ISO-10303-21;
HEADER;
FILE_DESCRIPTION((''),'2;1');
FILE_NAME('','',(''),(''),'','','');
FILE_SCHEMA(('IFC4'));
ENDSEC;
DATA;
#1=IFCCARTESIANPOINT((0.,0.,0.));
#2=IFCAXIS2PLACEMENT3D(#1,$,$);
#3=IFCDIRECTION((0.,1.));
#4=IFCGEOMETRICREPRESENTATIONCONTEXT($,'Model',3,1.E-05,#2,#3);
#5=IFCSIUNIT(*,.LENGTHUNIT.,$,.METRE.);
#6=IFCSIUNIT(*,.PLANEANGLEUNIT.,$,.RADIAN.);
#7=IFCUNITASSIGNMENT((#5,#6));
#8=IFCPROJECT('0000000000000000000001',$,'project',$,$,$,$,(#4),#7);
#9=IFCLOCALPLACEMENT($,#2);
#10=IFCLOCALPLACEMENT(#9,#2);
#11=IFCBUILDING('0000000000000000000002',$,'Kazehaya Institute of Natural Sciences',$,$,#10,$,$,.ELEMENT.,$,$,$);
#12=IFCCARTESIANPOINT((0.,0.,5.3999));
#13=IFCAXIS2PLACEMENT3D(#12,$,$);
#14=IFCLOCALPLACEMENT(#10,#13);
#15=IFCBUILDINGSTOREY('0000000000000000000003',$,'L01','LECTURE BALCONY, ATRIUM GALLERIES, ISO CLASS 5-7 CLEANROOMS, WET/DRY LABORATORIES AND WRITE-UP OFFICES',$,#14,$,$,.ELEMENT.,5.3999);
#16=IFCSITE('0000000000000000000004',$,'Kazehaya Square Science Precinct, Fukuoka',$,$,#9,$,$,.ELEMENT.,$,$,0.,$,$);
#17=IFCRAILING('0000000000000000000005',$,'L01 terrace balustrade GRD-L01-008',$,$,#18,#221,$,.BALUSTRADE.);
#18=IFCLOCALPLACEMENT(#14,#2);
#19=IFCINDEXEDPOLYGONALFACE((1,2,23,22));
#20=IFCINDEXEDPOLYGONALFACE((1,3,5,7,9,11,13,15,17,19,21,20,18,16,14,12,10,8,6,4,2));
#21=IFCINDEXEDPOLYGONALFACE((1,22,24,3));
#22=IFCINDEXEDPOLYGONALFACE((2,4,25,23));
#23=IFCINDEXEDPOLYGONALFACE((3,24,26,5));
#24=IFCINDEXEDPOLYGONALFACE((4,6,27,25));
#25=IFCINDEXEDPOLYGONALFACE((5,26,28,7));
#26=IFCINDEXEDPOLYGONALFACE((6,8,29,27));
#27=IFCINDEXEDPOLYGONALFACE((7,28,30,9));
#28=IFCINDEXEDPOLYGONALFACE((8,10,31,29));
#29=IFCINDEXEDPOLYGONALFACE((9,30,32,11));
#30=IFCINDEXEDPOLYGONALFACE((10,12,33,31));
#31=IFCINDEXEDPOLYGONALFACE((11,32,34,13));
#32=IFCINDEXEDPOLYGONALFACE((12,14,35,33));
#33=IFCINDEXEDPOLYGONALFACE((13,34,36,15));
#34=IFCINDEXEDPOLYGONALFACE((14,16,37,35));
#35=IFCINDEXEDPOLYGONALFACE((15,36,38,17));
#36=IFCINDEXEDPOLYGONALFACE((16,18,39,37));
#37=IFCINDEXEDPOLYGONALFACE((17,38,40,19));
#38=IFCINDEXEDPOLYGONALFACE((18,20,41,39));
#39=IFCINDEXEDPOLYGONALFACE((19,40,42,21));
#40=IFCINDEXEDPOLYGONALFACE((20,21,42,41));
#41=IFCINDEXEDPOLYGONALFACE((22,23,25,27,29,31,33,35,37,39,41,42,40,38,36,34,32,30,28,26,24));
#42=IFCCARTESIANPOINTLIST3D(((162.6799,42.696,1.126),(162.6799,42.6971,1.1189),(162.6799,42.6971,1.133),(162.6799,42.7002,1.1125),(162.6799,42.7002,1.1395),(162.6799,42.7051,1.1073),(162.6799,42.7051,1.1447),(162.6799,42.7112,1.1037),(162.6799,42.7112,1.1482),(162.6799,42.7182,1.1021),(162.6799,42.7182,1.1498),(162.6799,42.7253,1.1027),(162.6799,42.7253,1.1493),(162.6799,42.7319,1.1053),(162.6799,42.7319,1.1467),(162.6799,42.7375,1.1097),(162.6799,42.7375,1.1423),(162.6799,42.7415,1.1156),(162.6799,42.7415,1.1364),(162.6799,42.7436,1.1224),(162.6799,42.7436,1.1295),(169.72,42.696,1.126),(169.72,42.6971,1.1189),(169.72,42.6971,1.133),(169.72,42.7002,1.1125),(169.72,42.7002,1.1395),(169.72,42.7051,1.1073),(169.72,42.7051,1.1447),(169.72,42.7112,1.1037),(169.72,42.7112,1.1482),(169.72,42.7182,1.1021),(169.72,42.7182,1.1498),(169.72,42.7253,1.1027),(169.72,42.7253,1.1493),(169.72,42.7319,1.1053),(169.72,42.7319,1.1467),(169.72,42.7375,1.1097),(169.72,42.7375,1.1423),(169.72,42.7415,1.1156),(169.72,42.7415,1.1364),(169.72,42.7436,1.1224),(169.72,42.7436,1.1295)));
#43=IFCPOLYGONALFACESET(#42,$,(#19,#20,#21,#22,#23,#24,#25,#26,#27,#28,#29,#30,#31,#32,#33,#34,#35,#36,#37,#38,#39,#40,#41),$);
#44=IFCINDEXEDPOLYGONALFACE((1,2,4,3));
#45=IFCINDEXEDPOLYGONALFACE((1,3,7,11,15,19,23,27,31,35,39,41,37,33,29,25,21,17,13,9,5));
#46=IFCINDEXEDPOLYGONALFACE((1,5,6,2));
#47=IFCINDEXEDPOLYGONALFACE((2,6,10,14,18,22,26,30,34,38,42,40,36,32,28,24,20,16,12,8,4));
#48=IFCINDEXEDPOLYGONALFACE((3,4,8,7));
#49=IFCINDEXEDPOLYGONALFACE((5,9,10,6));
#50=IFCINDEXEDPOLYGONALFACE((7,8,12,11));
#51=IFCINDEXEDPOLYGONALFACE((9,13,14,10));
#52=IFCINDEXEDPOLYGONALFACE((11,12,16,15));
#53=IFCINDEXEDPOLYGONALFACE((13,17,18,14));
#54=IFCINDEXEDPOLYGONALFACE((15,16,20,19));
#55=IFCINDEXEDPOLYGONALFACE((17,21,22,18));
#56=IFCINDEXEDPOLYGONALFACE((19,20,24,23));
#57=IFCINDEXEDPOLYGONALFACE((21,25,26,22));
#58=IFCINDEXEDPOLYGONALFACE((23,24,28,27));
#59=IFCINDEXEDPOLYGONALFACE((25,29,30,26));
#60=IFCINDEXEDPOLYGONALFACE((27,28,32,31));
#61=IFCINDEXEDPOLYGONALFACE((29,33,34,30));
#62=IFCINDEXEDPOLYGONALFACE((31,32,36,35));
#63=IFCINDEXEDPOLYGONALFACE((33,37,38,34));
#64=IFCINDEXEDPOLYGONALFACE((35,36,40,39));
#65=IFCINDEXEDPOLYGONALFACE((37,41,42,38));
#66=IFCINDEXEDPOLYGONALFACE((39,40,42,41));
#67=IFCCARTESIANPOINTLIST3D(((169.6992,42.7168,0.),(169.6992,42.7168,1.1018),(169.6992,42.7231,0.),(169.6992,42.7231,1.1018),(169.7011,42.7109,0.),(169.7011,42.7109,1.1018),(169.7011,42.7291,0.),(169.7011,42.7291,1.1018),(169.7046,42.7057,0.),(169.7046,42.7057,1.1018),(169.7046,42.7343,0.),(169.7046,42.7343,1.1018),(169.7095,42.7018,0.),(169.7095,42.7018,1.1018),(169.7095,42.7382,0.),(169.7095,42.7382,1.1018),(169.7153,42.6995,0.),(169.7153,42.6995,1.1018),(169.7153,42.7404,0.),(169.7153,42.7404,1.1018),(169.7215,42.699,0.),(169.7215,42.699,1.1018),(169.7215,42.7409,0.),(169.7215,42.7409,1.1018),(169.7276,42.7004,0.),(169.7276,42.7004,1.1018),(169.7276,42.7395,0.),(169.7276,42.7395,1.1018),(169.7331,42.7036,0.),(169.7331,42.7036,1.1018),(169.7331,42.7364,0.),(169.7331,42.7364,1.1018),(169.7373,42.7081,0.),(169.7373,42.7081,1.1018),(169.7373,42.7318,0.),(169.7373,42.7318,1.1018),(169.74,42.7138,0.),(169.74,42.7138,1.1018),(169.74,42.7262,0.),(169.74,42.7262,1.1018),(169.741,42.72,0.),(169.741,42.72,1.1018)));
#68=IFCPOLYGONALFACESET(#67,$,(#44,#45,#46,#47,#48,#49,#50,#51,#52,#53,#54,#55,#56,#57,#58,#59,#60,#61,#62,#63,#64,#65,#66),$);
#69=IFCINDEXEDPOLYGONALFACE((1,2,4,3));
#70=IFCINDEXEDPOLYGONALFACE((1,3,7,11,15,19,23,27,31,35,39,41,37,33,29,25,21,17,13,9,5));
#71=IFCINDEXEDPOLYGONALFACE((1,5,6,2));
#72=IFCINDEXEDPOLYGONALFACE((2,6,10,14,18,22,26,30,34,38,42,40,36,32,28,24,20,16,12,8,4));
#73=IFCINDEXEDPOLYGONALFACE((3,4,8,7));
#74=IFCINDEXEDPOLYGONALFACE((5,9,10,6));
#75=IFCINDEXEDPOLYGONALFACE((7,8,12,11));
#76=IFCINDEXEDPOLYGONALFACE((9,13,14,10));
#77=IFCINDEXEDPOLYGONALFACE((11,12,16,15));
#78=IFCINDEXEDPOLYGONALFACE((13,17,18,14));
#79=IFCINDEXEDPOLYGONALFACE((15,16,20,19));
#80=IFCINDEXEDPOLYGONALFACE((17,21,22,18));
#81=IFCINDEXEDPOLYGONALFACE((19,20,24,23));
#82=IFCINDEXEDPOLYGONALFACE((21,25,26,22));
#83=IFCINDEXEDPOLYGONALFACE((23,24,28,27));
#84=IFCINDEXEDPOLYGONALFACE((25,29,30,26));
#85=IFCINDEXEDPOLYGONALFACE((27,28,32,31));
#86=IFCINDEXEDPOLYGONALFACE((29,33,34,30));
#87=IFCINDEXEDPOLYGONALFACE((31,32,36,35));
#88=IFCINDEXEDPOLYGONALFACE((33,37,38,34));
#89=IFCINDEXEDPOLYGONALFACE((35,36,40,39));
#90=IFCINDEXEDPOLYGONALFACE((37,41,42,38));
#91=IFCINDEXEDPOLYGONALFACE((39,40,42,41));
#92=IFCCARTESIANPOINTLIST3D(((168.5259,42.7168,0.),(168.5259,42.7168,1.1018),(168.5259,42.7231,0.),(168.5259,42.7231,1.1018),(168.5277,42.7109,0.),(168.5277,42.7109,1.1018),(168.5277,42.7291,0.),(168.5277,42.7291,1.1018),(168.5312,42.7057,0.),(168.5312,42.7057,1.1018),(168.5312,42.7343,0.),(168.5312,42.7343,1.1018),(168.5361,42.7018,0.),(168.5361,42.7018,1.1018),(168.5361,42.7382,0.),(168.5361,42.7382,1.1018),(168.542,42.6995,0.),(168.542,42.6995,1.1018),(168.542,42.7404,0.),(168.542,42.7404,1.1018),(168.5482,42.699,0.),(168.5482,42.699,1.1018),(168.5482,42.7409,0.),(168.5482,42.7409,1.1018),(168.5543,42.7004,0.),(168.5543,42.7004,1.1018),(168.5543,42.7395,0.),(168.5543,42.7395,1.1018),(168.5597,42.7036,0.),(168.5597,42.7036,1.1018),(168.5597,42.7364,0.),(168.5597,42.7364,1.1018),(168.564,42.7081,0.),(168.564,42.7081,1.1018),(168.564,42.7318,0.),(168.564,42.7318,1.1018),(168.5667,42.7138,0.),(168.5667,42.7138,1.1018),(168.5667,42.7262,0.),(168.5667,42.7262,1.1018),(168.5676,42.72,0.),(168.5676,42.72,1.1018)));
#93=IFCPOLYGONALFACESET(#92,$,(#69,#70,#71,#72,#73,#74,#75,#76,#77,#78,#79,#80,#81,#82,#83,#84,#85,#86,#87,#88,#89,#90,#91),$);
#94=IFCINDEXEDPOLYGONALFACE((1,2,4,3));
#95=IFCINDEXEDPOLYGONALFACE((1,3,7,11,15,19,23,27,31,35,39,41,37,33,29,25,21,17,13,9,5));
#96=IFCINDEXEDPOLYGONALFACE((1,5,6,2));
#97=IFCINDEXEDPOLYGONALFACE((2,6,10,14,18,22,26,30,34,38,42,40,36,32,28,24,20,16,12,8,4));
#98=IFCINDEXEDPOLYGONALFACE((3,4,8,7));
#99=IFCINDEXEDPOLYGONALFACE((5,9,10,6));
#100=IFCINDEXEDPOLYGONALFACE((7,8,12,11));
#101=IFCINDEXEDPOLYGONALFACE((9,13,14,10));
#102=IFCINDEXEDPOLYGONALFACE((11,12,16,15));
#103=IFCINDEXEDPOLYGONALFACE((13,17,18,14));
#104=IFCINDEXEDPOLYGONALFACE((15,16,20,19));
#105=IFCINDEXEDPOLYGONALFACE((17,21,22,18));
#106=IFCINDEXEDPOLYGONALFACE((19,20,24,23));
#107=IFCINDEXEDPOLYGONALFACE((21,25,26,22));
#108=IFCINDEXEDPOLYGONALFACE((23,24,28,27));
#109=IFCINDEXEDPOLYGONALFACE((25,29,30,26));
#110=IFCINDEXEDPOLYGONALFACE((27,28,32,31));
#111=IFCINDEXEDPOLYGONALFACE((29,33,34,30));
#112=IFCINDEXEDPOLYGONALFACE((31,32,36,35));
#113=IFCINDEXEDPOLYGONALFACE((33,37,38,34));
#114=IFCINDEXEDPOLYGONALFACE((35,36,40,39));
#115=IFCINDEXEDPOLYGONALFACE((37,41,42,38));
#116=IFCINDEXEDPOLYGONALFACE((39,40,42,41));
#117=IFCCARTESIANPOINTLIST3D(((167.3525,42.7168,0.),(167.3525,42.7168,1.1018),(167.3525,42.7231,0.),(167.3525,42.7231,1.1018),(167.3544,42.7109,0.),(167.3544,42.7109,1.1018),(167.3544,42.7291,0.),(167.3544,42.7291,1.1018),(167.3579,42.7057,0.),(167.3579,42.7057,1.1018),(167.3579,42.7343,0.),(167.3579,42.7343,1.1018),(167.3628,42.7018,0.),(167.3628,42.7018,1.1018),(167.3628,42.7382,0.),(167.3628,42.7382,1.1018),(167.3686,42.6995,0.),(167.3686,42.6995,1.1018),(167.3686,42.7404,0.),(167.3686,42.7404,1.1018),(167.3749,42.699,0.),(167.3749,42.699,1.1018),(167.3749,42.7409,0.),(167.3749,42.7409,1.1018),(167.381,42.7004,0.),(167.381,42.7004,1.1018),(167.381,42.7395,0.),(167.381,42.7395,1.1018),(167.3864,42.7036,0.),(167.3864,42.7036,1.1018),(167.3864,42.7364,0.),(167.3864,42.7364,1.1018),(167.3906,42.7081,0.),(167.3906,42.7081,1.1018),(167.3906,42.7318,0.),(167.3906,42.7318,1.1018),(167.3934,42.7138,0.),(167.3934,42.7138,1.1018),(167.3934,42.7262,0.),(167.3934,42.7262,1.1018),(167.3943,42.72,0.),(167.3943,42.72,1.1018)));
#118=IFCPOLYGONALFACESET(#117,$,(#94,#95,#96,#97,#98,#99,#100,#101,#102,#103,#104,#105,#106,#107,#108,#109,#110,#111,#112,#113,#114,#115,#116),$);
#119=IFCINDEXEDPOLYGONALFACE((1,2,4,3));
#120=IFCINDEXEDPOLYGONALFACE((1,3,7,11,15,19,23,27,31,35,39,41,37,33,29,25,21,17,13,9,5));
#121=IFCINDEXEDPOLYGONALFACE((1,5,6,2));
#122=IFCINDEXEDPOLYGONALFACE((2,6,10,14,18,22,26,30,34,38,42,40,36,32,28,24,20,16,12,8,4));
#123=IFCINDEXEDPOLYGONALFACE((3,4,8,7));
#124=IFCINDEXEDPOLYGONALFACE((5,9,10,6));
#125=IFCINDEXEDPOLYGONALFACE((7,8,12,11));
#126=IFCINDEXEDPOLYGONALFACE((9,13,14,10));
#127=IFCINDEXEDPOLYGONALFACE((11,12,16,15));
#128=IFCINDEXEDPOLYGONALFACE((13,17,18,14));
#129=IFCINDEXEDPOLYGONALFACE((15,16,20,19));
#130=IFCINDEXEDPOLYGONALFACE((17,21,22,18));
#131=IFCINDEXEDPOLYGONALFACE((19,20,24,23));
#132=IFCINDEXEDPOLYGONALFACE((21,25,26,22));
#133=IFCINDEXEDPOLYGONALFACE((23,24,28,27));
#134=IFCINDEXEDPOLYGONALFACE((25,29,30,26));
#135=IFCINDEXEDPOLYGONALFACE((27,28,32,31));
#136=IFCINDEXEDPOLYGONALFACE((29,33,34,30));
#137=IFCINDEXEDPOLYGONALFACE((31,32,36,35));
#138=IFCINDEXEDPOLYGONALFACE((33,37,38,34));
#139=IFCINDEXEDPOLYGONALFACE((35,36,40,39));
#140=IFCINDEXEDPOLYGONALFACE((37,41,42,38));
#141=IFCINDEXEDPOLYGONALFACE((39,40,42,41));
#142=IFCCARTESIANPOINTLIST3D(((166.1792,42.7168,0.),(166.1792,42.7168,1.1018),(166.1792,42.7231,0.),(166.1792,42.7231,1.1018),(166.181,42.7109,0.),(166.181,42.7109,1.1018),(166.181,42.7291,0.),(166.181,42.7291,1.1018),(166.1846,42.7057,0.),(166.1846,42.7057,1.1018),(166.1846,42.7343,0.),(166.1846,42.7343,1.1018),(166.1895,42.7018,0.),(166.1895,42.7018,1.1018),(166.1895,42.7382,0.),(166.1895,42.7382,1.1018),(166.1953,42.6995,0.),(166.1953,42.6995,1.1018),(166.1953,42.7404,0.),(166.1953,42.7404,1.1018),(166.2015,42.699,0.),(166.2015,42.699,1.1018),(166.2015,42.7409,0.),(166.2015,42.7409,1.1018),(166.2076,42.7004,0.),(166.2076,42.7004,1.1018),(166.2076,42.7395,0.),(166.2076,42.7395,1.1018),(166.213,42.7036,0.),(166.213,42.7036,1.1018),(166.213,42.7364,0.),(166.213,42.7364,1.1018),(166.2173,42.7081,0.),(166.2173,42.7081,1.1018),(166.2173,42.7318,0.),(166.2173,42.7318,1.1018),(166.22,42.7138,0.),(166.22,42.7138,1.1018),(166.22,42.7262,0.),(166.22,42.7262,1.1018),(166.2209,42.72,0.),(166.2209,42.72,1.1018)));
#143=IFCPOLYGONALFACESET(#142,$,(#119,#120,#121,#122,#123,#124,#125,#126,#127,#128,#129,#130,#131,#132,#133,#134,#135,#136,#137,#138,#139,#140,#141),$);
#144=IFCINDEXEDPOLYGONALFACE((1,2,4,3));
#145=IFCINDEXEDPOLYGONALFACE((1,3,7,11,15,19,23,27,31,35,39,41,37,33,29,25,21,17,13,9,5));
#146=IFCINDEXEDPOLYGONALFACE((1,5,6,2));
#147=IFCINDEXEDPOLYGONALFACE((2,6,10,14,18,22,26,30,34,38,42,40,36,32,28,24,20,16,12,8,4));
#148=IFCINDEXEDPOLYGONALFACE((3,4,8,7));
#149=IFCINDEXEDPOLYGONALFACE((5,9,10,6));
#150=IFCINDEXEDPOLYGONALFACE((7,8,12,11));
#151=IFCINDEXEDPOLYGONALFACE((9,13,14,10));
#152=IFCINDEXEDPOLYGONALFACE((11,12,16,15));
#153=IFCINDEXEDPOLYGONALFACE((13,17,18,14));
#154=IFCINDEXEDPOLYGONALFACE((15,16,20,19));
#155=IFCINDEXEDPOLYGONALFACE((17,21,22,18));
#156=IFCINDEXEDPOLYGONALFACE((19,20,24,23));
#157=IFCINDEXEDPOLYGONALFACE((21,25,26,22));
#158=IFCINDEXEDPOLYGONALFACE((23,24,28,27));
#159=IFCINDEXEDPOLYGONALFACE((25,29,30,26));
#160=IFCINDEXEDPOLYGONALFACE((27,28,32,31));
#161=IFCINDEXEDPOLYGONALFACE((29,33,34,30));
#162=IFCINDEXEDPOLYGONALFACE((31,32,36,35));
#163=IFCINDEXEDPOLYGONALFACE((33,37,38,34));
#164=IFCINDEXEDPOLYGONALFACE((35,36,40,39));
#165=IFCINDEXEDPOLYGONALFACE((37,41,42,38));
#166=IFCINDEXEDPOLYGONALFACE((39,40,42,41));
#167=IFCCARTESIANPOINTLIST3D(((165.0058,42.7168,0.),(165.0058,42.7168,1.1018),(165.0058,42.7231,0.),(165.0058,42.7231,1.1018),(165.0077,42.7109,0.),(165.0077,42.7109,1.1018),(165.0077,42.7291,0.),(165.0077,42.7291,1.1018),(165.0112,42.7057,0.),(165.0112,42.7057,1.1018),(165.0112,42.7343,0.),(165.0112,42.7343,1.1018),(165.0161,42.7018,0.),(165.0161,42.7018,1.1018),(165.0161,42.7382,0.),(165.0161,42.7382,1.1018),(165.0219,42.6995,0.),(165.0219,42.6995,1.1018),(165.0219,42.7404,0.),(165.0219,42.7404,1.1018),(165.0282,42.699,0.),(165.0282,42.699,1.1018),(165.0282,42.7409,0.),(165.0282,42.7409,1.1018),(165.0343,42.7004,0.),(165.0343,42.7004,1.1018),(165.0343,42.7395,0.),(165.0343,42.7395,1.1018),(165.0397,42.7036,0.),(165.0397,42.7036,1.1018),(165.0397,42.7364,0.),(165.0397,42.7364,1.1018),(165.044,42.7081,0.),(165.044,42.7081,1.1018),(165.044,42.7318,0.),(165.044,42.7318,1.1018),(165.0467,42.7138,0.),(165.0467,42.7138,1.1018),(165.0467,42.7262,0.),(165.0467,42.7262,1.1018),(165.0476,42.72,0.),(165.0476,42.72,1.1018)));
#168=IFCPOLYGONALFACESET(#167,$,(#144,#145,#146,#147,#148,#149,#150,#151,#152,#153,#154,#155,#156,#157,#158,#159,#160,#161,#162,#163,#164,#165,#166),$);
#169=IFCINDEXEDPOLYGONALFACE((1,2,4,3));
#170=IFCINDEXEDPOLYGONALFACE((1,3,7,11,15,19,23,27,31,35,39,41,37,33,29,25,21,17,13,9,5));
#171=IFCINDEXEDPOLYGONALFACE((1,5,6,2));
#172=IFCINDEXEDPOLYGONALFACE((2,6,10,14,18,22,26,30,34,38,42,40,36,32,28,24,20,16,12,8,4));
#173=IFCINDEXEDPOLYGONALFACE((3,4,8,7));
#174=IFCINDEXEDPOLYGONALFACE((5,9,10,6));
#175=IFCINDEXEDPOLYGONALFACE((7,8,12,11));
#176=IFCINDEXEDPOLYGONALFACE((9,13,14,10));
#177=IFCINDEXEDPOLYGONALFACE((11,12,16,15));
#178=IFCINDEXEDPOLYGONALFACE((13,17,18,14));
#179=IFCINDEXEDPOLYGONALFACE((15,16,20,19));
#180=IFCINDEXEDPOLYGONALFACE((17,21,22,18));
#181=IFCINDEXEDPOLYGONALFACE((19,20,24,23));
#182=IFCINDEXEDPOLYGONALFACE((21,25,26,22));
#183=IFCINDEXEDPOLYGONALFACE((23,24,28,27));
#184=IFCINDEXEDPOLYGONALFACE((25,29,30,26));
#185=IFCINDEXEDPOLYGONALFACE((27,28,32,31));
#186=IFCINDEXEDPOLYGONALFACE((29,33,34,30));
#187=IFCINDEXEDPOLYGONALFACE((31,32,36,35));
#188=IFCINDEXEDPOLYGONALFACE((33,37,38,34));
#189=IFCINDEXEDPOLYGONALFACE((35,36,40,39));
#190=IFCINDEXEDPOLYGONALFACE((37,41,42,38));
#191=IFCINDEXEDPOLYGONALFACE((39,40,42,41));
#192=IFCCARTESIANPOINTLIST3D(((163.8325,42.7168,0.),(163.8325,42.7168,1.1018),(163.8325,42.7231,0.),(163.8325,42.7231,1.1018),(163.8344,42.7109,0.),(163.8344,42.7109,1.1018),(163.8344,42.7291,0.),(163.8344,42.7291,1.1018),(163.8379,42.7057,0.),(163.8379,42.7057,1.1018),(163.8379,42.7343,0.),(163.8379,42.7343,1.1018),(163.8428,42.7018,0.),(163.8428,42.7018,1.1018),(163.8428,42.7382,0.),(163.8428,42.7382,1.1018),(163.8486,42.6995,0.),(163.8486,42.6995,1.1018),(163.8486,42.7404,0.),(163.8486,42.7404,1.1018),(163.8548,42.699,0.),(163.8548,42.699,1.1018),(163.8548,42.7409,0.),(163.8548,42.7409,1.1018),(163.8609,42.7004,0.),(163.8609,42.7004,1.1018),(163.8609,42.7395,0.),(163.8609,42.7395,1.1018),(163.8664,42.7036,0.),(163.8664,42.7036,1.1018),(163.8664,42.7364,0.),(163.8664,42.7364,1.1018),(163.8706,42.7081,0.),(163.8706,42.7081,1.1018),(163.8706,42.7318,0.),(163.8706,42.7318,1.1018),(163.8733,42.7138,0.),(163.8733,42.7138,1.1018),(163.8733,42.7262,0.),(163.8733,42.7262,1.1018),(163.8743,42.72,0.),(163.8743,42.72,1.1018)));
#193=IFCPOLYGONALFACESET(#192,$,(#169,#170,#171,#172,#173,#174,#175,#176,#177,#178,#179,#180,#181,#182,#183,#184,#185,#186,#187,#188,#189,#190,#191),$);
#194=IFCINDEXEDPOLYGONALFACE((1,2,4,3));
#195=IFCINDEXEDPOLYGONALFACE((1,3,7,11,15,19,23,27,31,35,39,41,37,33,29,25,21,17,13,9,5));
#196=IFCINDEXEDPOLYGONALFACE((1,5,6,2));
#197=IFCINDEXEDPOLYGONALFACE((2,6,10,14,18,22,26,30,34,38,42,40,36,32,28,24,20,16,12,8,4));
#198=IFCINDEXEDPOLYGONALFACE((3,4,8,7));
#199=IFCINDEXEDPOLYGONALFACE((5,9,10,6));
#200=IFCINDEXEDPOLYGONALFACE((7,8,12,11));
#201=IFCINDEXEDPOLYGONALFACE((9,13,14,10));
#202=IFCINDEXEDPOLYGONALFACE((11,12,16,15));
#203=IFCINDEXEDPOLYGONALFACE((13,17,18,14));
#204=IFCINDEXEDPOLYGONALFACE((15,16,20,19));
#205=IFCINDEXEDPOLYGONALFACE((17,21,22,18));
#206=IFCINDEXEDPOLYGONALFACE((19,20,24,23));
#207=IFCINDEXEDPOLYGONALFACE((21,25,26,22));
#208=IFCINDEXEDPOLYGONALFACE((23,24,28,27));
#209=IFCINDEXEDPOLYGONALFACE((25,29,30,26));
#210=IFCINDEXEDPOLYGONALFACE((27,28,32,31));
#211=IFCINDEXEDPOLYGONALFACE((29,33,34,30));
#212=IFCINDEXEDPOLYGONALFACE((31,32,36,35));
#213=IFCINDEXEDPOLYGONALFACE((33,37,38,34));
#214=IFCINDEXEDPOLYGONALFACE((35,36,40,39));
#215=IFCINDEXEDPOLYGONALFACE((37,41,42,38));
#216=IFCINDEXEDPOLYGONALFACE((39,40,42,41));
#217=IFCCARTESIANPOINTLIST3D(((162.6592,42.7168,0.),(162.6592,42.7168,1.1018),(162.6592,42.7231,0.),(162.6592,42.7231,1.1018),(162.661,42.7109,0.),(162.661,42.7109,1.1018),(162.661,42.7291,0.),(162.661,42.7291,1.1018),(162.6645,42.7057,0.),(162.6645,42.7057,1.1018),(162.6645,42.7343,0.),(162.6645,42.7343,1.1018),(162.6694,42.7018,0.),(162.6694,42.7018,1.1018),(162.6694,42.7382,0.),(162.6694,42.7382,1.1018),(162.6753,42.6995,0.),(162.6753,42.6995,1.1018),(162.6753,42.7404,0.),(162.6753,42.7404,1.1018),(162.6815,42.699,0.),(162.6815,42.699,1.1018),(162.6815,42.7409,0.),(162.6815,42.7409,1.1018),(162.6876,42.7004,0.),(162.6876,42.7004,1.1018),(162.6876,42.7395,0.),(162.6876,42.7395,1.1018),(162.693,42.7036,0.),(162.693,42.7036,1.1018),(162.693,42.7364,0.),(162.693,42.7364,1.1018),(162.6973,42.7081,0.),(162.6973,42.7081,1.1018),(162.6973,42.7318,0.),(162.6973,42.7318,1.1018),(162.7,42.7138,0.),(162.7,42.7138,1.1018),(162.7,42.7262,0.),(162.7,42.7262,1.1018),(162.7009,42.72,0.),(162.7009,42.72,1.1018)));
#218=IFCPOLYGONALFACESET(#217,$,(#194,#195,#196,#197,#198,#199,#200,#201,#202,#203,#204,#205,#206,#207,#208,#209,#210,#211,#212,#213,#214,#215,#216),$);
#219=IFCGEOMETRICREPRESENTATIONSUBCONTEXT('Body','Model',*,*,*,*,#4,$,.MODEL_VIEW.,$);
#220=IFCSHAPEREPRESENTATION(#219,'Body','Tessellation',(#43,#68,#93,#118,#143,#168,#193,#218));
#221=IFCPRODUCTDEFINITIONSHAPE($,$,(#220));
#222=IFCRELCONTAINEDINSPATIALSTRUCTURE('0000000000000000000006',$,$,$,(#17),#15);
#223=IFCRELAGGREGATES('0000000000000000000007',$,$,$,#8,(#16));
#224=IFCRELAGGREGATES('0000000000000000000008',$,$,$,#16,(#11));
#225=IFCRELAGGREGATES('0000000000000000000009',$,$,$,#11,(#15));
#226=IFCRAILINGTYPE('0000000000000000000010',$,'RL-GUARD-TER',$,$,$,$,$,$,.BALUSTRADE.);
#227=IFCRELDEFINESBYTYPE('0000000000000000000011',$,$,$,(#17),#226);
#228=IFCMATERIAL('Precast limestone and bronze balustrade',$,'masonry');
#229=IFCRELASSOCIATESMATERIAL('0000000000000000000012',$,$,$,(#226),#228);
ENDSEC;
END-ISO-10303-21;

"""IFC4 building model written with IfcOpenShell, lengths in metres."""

from ifc_helpers import new_model, si_unit, direction, frame, origin, origin_2d, place, context, subcontext, project, spatial, circle, extrude, material, type_object, element, save


model = new_model("IFC4")

# Units and contexts
model_context = context("Model", 3, precision=1e-05, world=origin(), true_north=direction((0.0, 1.0)))
body_context = subcontext(model_context, "Body", "Model", "MODEL_VIEW")
ifc_project = project(units=[si_unit("LENGTHUNIT", "METRE"), si_unit("PLANEANGLEUNIT", "RADIAN")], contexts=[model_context])

# Site, building, storey
site_placement = place(None, origin())
site = spatial("IfcSite", under=ifc_project, at=site_placement, Name="Kazehaya Square Science Precinct, Fukuoka", CompositionType="ELEMENT", RefElevation=0.0)
building_placement = place(site_placement, origin())
building = spatial("IfcBuilding", under=site, at=building_placement, Name="Kazehaya Institute of Natural Sciences", CompositionType="ELEMENT")
storey_placement = place(building_placement, frame((0.0, 0.0, 5.3999)))
storey = spatial("IfcBuildingStorey", under=building, at=storey_placement, Name="L01", Description="LECTURE BALCONY, ATRIUM GALLERIES, ISO CLASS 5-7 CLEANROOMS, WET/DRY LABORATORIES AND WRITE-UP OFFICES", CompositionType="ELEMENT", Elevation=5.3999)

# Railing
ifc_material_1 = material(Name="Precast limestone and bronze balustrade", Category="masonry")
railing_type = type_object("IfcRailingType", Name="RL-GUARD-TER", PredefinedType="BALUSTRADE", material=ifc_material_1)
railing_placement = place(storey_placement, frame((169.72, 42.72, 0.0)))
element("IfcRailing", 1, at=railing_placement, inside=storey, type_object=railing_type, Name="L01 terrace balustrade GRD-L01-008", PredefinedType="BALUSTRADE", context=body_context, shape_type="SweptSolid", body=[
    extrude(circle(Radius=0.0239, at=origin_2d()), frame((0.0, 0.0, 1.126), z_axis=(-1.0, 0.0, 0.0), x_axis=(0.0, -1.0, 0.0)), (0.0, 0.0, 1.0), 7.04),
    extrude(circle(Radius=0.021, at=origin_2d()), origin(), (0.0, 0.0, 1.0), 1.1018),
    extrude(circle(Radius=0.021, at=origin_2d()), frame((-1.1733, 0.0, 0.0)), (0.0, 0.0, 1.0), 1.1018),
    extrude(circle(Radius=0.021, at=origin_2d()), frame((-2.3467, 0.0, 0.0)), (0.0, 0.0, 1.0), 1.1018),
    extrude(circle(Radius=0.021, at=origin_2d()), frame((-3.52, 0.0, 0.0)), (0.0, 0.0, 1.0), 1.1018),
    extrude(circle(Radius=0.021, at=origin_2d()), frame((-4.6934, 0.0, 0.0)), (0.0, 0.0, 1.0), 1.1018),
    extrude(circle(Radius=0.021, at=origin_2d()), frame((-5.8667, 0.0, 0.0)), (0.0, 0.0, 1.0), 1.1018),
    extrude(circle(Radius=0.021, at=origin_2d()), frame((-7.04, 0.0, 0.0)), (0.0, 0.0, 1.0), 1.1018),
])

save(model, "model.ifc")
